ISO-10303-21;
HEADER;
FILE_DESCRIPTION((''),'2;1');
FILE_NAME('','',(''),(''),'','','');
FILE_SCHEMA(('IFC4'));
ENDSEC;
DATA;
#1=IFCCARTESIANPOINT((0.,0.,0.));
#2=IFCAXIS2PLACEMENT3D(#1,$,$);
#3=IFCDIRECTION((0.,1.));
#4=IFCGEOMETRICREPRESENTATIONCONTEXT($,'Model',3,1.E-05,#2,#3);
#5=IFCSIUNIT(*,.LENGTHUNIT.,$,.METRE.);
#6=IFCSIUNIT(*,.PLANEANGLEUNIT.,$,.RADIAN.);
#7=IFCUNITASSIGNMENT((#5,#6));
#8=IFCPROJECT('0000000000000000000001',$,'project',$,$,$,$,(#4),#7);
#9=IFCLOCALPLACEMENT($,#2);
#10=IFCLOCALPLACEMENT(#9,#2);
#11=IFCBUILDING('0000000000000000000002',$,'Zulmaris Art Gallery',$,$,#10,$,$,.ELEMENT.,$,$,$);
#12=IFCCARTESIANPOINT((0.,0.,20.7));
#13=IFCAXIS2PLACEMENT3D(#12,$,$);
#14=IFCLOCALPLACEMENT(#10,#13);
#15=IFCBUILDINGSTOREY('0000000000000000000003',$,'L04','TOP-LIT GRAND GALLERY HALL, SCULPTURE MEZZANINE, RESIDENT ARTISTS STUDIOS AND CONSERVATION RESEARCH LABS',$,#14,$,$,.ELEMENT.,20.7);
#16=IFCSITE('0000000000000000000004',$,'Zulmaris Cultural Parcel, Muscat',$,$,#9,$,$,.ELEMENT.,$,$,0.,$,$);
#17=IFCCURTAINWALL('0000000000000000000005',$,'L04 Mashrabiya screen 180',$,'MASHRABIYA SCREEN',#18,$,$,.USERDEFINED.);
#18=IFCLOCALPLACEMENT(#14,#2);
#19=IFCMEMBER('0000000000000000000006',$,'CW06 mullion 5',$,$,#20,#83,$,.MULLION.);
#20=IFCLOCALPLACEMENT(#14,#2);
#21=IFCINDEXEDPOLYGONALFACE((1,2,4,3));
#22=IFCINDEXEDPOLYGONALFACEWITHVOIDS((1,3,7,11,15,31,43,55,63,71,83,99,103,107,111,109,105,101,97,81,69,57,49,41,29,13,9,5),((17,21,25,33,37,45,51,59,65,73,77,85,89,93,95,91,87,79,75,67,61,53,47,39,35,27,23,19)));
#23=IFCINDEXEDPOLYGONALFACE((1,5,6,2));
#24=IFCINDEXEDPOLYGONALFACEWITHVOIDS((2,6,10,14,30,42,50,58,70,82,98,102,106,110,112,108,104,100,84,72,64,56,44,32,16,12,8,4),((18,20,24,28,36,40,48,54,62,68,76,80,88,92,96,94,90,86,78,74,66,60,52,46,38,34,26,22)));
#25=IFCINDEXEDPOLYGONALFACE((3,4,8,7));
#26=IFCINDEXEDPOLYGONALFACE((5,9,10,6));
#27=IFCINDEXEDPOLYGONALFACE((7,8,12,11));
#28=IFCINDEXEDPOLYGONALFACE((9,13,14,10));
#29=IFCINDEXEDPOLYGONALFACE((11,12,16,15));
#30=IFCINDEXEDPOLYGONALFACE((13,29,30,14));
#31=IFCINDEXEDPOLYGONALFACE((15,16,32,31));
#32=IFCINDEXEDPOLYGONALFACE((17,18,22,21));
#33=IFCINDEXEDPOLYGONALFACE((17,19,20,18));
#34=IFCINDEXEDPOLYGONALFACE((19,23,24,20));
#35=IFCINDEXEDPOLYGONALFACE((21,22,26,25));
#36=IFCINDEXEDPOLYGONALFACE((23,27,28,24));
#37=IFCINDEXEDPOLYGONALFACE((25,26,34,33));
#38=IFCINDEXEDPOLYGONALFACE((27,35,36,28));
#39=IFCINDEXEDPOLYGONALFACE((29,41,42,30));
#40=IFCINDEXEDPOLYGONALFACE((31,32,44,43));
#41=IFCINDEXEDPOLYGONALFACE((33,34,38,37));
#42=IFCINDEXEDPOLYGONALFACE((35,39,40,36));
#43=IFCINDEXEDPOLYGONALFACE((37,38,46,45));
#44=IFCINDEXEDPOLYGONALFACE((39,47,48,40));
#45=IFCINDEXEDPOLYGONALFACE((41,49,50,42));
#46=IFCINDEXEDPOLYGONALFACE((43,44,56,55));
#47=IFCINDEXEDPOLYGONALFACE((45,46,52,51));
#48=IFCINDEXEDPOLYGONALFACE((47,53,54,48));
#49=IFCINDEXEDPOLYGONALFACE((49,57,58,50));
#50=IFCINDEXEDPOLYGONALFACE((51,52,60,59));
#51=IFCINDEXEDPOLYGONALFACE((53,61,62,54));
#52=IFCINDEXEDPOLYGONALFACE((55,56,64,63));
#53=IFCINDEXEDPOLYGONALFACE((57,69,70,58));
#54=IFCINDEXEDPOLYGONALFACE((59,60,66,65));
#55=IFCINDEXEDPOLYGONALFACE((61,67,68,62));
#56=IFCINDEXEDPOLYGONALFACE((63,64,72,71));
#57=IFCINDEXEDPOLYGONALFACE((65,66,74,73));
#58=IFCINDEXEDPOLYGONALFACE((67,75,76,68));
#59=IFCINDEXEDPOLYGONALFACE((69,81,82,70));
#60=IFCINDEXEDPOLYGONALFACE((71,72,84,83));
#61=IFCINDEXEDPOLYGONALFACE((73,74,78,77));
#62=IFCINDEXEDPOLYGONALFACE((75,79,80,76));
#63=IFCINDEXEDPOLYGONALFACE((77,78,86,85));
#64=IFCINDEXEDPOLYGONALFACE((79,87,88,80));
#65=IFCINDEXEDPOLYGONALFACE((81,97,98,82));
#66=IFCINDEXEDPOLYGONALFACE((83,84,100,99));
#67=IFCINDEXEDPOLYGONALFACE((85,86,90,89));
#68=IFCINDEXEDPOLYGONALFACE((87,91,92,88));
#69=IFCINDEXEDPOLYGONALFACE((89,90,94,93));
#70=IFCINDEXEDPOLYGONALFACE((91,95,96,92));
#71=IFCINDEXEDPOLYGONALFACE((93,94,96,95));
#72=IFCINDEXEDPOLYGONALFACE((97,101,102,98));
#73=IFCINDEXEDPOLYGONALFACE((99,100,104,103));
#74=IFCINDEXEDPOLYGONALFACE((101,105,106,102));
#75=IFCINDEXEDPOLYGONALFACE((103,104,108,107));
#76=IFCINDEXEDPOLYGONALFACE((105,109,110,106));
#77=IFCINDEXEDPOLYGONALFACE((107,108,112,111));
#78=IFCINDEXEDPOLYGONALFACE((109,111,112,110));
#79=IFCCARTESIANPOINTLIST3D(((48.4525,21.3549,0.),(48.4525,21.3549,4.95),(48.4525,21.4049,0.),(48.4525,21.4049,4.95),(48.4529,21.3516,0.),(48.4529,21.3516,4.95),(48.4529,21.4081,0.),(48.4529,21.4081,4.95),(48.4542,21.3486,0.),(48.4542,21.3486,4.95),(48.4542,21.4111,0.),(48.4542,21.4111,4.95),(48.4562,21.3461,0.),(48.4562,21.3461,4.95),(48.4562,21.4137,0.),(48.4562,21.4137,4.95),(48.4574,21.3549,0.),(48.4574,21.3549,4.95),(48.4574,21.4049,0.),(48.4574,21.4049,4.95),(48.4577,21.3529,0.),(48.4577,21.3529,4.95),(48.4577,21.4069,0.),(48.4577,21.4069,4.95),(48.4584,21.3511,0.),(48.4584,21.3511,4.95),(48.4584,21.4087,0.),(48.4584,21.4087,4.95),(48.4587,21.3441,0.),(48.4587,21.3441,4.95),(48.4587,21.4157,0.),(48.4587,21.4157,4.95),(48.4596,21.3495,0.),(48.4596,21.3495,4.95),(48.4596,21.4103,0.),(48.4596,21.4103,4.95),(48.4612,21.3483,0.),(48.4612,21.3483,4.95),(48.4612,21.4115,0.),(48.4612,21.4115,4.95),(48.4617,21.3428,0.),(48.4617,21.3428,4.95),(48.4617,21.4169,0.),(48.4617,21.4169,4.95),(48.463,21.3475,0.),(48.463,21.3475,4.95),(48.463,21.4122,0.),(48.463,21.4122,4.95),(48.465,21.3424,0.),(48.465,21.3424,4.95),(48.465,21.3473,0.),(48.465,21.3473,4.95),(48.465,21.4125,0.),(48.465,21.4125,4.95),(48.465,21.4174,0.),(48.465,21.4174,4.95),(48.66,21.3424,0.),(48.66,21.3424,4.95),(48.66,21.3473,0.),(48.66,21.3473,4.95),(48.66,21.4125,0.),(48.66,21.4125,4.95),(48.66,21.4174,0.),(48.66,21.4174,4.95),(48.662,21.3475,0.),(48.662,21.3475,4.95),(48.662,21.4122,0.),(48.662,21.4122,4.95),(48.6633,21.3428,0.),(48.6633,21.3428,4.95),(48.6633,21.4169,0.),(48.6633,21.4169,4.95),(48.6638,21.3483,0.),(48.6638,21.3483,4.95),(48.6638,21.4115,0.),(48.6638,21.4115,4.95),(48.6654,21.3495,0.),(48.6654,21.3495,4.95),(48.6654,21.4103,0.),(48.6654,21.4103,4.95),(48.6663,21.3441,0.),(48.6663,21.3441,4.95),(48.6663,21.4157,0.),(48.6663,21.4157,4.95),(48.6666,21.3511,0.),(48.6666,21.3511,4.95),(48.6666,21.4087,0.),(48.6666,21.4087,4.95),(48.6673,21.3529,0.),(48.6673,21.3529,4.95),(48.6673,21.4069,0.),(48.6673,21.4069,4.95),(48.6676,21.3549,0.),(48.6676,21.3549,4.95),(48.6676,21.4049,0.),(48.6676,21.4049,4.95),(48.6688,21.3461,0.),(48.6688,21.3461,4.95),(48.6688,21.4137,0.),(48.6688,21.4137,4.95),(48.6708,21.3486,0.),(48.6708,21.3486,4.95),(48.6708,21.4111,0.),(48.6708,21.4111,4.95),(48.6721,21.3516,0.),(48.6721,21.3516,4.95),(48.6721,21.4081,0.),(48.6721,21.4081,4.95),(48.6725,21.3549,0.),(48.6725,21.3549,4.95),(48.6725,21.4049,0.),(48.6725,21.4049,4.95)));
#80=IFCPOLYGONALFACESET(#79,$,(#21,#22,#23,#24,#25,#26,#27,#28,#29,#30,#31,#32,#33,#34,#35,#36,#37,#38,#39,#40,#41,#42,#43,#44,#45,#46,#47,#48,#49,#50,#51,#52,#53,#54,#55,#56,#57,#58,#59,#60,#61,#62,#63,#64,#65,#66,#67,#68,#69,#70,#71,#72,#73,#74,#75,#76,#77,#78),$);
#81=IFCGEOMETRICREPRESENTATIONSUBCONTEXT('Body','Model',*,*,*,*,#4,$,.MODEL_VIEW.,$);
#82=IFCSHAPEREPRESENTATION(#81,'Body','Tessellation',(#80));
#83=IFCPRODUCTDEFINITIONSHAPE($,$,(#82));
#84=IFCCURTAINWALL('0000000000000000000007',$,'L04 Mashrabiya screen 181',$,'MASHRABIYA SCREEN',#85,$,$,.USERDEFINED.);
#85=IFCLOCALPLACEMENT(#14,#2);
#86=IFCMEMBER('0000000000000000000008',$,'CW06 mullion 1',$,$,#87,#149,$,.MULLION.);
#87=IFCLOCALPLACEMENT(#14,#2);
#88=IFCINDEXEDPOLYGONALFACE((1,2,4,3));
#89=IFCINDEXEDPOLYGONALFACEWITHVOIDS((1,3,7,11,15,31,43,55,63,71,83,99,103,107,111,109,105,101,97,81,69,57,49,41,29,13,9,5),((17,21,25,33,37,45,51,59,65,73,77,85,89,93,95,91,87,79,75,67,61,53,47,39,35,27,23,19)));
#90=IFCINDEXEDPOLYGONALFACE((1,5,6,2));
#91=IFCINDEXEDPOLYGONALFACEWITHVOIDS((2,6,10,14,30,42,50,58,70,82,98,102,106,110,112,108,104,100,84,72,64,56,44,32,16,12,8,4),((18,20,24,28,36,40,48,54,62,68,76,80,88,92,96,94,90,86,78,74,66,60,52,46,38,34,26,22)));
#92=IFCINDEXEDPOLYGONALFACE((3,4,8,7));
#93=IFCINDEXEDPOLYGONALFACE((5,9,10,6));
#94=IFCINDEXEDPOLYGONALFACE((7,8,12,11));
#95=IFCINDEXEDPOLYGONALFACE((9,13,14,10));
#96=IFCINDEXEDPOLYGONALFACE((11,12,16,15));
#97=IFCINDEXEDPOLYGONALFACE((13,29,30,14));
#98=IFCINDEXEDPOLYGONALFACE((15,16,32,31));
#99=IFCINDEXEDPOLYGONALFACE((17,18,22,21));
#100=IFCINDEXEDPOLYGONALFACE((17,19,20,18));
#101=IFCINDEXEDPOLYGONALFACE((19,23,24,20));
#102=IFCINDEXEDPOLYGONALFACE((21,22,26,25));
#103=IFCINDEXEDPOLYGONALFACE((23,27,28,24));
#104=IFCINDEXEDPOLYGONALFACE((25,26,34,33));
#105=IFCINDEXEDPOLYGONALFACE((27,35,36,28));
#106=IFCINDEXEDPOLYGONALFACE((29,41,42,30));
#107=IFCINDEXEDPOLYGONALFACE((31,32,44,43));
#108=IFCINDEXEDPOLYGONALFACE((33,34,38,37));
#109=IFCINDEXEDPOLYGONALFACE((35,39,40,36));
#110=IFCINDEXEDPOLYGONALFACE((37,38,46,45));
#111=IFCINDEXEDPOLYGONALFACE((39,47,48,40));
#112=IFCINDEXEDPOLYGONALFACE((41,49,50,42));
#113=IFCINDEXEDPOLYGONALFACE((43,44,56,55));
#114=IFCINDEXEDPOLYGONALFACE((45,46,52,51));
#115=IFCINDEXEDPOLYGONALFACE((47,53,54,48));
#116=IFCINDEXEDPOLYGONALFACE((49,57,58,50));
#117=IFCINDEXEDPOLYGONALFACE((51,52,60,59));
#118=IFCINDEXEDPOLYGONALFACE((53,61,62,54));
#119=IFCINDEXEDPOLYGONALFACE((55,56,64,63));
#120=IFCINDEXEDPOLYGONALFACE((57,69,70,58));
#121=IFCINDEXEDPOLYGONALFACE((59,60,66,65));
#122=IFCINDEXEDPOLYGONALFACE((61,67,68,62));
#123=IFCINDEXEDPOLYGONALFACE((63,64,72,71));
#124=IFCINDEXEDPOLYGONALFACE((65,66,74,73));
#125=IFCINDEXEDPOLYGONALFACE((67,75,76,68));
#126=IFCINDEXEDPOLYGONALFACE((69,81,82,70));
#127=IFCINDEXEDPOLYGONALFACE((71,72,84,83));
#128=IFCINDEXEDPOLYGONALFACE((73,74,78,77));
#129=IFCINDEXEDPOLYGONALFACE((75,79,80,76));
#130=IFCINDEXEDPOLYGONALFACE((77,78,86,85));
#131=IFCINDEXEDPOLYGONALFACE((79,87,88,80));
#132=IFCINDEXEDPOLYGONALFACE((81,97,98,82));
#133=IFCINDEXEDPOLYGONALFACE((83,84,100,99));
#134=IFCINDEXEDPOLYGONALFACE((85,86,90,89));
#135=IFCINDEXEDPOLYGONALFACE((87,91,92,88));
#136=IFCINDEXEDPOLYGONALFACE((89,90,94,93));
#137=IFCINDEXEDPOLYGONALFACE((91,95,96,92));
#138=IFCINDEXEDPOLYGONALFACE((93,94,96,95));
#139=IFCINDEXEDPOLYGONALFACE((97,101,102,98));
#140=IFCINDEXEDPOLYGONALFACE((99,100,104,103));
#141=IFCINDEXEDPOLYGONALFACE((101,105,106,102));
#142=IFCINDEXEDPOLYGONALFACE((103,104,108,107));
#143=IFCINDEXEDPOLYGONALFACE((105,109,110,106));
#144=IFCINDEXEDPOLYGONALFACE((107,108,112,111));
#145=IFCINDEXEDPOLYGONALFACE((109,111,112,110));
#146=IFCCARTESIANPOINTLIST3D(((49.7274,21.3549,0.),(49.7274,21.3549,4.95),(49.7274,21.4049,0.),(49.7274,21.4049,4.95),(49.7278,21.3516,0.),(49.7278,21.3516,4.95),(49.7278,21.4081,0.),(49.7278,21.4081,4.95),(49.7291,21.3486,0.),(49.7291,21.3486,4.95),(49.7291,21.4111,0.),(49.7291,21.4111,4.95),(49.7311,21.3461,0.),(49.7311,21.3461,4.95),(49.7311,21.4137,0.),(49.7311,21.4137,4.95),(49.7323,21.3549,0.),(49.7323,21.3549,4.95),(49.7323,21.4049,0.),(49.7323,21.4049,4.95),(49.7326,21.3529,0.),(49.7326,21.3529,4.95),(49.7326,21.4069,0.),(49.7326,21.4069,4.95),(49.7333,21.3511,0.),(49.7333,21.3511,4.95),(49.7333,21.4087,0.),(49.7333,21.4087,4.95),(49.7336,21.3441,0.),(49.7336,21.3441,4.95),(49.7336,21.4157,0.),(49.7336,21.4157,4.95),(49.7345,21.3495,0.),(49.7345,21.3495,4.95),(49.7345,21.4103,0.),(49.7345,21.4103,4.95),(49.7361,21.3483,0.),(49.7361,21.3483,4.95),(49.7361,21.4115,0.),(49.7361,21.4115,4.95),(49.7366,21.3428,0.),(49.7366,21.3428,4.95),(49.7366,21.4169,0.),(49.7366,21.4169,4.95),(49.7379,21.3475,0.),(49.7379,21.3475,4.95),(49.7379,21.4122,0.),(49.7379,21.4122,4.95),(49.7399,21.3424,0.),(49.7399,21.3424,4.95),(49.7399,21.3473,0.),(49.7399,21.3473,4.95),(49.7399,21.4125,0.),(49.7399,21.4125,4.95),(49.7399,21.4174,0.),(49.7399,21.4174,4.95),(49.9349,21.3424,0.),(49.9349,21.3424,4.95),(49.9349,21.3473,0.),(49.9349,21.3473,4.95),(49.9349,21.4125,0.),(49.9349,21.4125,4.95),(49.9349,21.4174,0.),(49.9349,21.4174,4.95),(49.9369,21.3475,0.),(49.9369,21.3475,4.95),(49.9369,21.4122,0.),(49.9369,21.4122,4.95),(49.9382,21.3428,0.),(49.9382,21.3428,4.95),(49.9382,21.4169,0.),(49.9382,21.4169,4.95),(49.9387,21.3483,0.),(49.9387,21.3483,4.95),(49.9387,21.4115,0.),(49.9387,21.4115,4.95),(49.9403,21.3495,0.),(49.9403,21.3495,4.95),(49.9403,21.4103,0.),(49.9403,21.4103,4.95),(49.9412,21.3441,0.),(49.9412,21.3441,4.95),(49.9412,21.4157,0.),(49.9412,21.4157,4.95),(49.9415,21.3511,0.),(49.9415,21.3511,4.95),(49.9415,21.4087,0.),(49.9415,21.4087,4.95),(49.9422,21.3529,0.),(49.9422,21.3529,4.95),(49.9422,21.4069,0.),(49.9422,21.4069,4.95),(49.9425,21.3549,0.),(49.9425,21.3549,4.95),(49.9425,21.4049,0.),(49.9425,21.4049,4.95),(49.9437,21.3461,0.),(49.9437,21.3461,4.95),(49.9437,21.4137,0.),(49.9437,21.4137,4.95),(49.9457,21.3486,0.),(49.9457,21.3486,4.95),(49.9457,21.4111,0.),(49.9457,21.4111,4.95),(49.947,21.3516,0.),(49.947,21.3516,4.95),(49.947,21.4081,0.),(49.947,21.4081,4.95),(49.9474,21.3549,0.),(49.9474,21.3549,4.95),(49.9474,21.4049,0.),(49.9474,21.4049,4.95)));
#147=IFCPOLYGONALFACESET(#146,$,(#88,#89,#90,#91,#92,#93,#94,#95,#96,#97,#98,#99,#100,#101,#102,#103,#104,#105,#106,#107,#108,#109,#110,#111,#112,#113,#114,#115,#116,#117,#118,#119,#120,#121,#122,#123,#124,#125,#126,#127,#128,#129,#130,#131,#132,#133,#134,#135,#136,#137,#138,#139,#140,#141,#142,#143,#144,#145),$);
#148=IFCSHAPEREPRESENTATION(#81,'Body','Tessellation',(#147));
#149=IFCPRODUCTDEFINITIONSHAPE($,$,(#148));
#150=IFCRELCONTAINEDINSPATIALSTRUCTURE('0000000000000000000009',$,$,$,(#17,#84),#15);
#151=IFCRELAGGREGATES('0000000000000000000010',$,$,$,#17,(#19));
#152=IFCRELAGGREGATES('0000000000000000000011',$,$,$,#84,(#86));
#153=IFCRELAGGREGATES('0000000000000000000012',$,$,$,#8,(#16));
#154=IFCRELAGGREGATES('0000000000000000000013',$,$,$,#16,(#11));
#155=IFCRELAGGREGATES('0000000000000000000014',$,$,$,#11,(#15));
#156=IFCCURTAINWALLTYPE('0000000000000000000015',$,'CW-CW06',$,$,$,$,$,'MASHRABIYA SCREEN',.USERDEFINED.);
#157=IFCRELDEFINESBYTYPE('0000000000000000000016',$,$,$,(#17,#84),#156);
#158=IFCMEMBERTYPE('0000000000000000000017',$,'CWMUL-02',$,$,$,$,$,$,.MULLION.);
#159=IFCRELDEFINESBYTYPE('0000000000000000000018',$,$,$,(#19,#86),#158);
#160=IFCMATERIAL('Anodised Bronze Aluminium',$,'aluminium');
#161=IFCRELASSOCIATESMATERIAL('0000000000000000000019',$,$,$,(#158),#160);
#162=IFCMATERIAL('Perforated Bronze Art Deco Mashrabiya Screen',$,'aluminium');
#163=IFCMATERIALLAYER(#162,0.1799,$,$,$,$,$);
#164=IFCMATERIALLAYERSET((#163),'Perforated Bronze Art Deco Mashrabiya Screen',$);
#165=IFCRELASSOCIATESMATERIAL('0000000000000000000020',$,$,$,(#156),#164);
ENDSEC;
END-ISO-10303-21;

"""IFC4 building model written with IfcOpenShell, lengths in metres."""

from ifc_helpers import new_model, si_unit, direction, frame, origin, origin_2d, place, context, subcontext, project, spatial, hollow_rectangle, extrude, material, layer, layer_set, material_profile, profile_set, type_object, element, aggregate, save


model = new_model("IFC4")

# Units and contexts
model_context = context("Model", 3, precision=1e-05, world=origin(), true_north=direction((0.0, 1.0)))
body_context = subcontext(model_context, "Body", "Model", "MODEL_VIEW")
ifc_project = project(units=[si_unit("LENGTHUNIT", "METRE"), si_unit("PLANEANGLEUNIT", "RADIAN")], contexts=[model_context])

# Site, building, storey
site_placement = place(None, origin())
site = spatial("IfcSite", under=ifc_project, at=site_placement, Name="Zulmaris Cultural Parcel, Muscat", CompositionType="ELEMENT", RefElevation=0.0)
building_placement = place(site_placement, origin())
building = spatial("IfcBuilding", under=site, at=building_placement, Name="Zulmaris Art Gallery", CompositionType="ELEMENT")
storey_placement = place(building_placement, frame((0.0, 0.0, 20.7)))
storey = spatial("IfcBuildingStorey", under=building, at=storey_placement, Name="L04", Description="TOP-LIT GRAND GALLERY HALL, SCULPTURE MEZZANINE, RESIDENT ARTISTS STUDIOS AND CONSERVATION RESEARCH LABS", CompositionType="ELEMENT", Elevation=20.7)

# Shared definitions
ifc_material_1 = material(Name="Anodised Bronze Aluminium", Category="aluminium")
ifc_material_profile_1 = material_profile(ifc_material_1, hollow_rectangle(XDim=0.075, YDim=0.22, WallThickness=0.0049, InnerFilletRadius=0.0076, OuterFilletRadius=0.0125, at=origin_2d()), Name="ALU 75x220x5")
ifc_profile_set_1 = profile_set([ifc_material_profile_1], Name="Anodised Bronze Aluminium")
member_type_1 = type_object("IfcMemberType", Name="CWMUL-02", PredefinedType="MULLION", material=ifc_profile_set_1)

# Curtain walls, members
ifc_material_2 = material(Name="Perforated Bronze Art Deco Mashrabiya Screen", Category="aluminium")
ifc_layer_1 = layer(ifc_material_2, 0.1799)
ifc_layer_set_1 = layer_set([ifc_layer_1], Name="Perforated Bronze Art Deco Mashrabiya Screen")
curtain_wall_type_1 = type_object("IfcCurtainWallType", Name="CW-CW06", ElementType="MASHRABIYA SCREEN", PredefinedType="USERDEFINED", material=ifc_layer_set_1)
curtain_wall_1_placement = place(storey_placement, origin())
curtain_wall_1 = element("IfcCurtainWall", 1, at=curtain_wall_1_placement, inside=storey, type_object=curtain_wall_type_1, Name="L04 Mashrabiya screen 180", ObjectType="MASHRABIYA SCREEN", PredefinedType="USERDEFINED")
member_1_placement = place(storey_placement, frame((48.5625, 21.3799, 0.0), z_axis=(0.0, 0.0, 1.0), x_axis=(0.0, 1.0, 0.0)))
member_1 = element("IfcMember", 2, at=member_1_placement, type_object=member_type_1, Name="CW06 mullion 5", PredefinedType="MULLION", context=body_context, shape_type="SweptSolid", body=[
    extrude(hollow_rectangle(XDim=0.075, YDim=0.22, WallThickness=0.0049, InnerFilletRadius=0.0076, OuterFilletRadius=0.0125, at=origin_2d()), origin(), (0.0, 0.0, 1.0), 4.95),
])
curtain_wall_2_placement = place(storey_placement, origin())
curtain_wall_2 = element("IfcCurtainWall", 3, at=curtain_wall_2_placement, inside=storey, type_object=curtain_wall_type_1, Name="L04 Mashrabiya screen 181", ObjectType="MASHRABIYA SCREEN", PredefinedType="USERDEFINED")
member_2_placement = place(storey_placement, frame((49.8374, 21.3799, 0.0), z_axis=(0.0, 0.0, 1.0), x_axis=(0.0, 1.0, 0.0)))
member_2 = element("IfcMember", 4, at=member_2_placement, type_object=member_type_1, Name="CW06 mullion 1", PredefinedType="MULLION", context=body_context, shape_type="SweptSolid", body=[
    extrude(hollow_rectangle(XDim=0.075, YDim=0.22, WallThickness=0.0049, InnerFilletRadius=0.0076, OuterFilletRadius=0.0125, at=origin_2d()), origin(), (0.0, 0.0, 1.0), 4.95),
])

aggregate(curtain_wall_1, [member_1])
aggregate(curtain_wall_2, [member_2])

save(model, "model.ifc")
